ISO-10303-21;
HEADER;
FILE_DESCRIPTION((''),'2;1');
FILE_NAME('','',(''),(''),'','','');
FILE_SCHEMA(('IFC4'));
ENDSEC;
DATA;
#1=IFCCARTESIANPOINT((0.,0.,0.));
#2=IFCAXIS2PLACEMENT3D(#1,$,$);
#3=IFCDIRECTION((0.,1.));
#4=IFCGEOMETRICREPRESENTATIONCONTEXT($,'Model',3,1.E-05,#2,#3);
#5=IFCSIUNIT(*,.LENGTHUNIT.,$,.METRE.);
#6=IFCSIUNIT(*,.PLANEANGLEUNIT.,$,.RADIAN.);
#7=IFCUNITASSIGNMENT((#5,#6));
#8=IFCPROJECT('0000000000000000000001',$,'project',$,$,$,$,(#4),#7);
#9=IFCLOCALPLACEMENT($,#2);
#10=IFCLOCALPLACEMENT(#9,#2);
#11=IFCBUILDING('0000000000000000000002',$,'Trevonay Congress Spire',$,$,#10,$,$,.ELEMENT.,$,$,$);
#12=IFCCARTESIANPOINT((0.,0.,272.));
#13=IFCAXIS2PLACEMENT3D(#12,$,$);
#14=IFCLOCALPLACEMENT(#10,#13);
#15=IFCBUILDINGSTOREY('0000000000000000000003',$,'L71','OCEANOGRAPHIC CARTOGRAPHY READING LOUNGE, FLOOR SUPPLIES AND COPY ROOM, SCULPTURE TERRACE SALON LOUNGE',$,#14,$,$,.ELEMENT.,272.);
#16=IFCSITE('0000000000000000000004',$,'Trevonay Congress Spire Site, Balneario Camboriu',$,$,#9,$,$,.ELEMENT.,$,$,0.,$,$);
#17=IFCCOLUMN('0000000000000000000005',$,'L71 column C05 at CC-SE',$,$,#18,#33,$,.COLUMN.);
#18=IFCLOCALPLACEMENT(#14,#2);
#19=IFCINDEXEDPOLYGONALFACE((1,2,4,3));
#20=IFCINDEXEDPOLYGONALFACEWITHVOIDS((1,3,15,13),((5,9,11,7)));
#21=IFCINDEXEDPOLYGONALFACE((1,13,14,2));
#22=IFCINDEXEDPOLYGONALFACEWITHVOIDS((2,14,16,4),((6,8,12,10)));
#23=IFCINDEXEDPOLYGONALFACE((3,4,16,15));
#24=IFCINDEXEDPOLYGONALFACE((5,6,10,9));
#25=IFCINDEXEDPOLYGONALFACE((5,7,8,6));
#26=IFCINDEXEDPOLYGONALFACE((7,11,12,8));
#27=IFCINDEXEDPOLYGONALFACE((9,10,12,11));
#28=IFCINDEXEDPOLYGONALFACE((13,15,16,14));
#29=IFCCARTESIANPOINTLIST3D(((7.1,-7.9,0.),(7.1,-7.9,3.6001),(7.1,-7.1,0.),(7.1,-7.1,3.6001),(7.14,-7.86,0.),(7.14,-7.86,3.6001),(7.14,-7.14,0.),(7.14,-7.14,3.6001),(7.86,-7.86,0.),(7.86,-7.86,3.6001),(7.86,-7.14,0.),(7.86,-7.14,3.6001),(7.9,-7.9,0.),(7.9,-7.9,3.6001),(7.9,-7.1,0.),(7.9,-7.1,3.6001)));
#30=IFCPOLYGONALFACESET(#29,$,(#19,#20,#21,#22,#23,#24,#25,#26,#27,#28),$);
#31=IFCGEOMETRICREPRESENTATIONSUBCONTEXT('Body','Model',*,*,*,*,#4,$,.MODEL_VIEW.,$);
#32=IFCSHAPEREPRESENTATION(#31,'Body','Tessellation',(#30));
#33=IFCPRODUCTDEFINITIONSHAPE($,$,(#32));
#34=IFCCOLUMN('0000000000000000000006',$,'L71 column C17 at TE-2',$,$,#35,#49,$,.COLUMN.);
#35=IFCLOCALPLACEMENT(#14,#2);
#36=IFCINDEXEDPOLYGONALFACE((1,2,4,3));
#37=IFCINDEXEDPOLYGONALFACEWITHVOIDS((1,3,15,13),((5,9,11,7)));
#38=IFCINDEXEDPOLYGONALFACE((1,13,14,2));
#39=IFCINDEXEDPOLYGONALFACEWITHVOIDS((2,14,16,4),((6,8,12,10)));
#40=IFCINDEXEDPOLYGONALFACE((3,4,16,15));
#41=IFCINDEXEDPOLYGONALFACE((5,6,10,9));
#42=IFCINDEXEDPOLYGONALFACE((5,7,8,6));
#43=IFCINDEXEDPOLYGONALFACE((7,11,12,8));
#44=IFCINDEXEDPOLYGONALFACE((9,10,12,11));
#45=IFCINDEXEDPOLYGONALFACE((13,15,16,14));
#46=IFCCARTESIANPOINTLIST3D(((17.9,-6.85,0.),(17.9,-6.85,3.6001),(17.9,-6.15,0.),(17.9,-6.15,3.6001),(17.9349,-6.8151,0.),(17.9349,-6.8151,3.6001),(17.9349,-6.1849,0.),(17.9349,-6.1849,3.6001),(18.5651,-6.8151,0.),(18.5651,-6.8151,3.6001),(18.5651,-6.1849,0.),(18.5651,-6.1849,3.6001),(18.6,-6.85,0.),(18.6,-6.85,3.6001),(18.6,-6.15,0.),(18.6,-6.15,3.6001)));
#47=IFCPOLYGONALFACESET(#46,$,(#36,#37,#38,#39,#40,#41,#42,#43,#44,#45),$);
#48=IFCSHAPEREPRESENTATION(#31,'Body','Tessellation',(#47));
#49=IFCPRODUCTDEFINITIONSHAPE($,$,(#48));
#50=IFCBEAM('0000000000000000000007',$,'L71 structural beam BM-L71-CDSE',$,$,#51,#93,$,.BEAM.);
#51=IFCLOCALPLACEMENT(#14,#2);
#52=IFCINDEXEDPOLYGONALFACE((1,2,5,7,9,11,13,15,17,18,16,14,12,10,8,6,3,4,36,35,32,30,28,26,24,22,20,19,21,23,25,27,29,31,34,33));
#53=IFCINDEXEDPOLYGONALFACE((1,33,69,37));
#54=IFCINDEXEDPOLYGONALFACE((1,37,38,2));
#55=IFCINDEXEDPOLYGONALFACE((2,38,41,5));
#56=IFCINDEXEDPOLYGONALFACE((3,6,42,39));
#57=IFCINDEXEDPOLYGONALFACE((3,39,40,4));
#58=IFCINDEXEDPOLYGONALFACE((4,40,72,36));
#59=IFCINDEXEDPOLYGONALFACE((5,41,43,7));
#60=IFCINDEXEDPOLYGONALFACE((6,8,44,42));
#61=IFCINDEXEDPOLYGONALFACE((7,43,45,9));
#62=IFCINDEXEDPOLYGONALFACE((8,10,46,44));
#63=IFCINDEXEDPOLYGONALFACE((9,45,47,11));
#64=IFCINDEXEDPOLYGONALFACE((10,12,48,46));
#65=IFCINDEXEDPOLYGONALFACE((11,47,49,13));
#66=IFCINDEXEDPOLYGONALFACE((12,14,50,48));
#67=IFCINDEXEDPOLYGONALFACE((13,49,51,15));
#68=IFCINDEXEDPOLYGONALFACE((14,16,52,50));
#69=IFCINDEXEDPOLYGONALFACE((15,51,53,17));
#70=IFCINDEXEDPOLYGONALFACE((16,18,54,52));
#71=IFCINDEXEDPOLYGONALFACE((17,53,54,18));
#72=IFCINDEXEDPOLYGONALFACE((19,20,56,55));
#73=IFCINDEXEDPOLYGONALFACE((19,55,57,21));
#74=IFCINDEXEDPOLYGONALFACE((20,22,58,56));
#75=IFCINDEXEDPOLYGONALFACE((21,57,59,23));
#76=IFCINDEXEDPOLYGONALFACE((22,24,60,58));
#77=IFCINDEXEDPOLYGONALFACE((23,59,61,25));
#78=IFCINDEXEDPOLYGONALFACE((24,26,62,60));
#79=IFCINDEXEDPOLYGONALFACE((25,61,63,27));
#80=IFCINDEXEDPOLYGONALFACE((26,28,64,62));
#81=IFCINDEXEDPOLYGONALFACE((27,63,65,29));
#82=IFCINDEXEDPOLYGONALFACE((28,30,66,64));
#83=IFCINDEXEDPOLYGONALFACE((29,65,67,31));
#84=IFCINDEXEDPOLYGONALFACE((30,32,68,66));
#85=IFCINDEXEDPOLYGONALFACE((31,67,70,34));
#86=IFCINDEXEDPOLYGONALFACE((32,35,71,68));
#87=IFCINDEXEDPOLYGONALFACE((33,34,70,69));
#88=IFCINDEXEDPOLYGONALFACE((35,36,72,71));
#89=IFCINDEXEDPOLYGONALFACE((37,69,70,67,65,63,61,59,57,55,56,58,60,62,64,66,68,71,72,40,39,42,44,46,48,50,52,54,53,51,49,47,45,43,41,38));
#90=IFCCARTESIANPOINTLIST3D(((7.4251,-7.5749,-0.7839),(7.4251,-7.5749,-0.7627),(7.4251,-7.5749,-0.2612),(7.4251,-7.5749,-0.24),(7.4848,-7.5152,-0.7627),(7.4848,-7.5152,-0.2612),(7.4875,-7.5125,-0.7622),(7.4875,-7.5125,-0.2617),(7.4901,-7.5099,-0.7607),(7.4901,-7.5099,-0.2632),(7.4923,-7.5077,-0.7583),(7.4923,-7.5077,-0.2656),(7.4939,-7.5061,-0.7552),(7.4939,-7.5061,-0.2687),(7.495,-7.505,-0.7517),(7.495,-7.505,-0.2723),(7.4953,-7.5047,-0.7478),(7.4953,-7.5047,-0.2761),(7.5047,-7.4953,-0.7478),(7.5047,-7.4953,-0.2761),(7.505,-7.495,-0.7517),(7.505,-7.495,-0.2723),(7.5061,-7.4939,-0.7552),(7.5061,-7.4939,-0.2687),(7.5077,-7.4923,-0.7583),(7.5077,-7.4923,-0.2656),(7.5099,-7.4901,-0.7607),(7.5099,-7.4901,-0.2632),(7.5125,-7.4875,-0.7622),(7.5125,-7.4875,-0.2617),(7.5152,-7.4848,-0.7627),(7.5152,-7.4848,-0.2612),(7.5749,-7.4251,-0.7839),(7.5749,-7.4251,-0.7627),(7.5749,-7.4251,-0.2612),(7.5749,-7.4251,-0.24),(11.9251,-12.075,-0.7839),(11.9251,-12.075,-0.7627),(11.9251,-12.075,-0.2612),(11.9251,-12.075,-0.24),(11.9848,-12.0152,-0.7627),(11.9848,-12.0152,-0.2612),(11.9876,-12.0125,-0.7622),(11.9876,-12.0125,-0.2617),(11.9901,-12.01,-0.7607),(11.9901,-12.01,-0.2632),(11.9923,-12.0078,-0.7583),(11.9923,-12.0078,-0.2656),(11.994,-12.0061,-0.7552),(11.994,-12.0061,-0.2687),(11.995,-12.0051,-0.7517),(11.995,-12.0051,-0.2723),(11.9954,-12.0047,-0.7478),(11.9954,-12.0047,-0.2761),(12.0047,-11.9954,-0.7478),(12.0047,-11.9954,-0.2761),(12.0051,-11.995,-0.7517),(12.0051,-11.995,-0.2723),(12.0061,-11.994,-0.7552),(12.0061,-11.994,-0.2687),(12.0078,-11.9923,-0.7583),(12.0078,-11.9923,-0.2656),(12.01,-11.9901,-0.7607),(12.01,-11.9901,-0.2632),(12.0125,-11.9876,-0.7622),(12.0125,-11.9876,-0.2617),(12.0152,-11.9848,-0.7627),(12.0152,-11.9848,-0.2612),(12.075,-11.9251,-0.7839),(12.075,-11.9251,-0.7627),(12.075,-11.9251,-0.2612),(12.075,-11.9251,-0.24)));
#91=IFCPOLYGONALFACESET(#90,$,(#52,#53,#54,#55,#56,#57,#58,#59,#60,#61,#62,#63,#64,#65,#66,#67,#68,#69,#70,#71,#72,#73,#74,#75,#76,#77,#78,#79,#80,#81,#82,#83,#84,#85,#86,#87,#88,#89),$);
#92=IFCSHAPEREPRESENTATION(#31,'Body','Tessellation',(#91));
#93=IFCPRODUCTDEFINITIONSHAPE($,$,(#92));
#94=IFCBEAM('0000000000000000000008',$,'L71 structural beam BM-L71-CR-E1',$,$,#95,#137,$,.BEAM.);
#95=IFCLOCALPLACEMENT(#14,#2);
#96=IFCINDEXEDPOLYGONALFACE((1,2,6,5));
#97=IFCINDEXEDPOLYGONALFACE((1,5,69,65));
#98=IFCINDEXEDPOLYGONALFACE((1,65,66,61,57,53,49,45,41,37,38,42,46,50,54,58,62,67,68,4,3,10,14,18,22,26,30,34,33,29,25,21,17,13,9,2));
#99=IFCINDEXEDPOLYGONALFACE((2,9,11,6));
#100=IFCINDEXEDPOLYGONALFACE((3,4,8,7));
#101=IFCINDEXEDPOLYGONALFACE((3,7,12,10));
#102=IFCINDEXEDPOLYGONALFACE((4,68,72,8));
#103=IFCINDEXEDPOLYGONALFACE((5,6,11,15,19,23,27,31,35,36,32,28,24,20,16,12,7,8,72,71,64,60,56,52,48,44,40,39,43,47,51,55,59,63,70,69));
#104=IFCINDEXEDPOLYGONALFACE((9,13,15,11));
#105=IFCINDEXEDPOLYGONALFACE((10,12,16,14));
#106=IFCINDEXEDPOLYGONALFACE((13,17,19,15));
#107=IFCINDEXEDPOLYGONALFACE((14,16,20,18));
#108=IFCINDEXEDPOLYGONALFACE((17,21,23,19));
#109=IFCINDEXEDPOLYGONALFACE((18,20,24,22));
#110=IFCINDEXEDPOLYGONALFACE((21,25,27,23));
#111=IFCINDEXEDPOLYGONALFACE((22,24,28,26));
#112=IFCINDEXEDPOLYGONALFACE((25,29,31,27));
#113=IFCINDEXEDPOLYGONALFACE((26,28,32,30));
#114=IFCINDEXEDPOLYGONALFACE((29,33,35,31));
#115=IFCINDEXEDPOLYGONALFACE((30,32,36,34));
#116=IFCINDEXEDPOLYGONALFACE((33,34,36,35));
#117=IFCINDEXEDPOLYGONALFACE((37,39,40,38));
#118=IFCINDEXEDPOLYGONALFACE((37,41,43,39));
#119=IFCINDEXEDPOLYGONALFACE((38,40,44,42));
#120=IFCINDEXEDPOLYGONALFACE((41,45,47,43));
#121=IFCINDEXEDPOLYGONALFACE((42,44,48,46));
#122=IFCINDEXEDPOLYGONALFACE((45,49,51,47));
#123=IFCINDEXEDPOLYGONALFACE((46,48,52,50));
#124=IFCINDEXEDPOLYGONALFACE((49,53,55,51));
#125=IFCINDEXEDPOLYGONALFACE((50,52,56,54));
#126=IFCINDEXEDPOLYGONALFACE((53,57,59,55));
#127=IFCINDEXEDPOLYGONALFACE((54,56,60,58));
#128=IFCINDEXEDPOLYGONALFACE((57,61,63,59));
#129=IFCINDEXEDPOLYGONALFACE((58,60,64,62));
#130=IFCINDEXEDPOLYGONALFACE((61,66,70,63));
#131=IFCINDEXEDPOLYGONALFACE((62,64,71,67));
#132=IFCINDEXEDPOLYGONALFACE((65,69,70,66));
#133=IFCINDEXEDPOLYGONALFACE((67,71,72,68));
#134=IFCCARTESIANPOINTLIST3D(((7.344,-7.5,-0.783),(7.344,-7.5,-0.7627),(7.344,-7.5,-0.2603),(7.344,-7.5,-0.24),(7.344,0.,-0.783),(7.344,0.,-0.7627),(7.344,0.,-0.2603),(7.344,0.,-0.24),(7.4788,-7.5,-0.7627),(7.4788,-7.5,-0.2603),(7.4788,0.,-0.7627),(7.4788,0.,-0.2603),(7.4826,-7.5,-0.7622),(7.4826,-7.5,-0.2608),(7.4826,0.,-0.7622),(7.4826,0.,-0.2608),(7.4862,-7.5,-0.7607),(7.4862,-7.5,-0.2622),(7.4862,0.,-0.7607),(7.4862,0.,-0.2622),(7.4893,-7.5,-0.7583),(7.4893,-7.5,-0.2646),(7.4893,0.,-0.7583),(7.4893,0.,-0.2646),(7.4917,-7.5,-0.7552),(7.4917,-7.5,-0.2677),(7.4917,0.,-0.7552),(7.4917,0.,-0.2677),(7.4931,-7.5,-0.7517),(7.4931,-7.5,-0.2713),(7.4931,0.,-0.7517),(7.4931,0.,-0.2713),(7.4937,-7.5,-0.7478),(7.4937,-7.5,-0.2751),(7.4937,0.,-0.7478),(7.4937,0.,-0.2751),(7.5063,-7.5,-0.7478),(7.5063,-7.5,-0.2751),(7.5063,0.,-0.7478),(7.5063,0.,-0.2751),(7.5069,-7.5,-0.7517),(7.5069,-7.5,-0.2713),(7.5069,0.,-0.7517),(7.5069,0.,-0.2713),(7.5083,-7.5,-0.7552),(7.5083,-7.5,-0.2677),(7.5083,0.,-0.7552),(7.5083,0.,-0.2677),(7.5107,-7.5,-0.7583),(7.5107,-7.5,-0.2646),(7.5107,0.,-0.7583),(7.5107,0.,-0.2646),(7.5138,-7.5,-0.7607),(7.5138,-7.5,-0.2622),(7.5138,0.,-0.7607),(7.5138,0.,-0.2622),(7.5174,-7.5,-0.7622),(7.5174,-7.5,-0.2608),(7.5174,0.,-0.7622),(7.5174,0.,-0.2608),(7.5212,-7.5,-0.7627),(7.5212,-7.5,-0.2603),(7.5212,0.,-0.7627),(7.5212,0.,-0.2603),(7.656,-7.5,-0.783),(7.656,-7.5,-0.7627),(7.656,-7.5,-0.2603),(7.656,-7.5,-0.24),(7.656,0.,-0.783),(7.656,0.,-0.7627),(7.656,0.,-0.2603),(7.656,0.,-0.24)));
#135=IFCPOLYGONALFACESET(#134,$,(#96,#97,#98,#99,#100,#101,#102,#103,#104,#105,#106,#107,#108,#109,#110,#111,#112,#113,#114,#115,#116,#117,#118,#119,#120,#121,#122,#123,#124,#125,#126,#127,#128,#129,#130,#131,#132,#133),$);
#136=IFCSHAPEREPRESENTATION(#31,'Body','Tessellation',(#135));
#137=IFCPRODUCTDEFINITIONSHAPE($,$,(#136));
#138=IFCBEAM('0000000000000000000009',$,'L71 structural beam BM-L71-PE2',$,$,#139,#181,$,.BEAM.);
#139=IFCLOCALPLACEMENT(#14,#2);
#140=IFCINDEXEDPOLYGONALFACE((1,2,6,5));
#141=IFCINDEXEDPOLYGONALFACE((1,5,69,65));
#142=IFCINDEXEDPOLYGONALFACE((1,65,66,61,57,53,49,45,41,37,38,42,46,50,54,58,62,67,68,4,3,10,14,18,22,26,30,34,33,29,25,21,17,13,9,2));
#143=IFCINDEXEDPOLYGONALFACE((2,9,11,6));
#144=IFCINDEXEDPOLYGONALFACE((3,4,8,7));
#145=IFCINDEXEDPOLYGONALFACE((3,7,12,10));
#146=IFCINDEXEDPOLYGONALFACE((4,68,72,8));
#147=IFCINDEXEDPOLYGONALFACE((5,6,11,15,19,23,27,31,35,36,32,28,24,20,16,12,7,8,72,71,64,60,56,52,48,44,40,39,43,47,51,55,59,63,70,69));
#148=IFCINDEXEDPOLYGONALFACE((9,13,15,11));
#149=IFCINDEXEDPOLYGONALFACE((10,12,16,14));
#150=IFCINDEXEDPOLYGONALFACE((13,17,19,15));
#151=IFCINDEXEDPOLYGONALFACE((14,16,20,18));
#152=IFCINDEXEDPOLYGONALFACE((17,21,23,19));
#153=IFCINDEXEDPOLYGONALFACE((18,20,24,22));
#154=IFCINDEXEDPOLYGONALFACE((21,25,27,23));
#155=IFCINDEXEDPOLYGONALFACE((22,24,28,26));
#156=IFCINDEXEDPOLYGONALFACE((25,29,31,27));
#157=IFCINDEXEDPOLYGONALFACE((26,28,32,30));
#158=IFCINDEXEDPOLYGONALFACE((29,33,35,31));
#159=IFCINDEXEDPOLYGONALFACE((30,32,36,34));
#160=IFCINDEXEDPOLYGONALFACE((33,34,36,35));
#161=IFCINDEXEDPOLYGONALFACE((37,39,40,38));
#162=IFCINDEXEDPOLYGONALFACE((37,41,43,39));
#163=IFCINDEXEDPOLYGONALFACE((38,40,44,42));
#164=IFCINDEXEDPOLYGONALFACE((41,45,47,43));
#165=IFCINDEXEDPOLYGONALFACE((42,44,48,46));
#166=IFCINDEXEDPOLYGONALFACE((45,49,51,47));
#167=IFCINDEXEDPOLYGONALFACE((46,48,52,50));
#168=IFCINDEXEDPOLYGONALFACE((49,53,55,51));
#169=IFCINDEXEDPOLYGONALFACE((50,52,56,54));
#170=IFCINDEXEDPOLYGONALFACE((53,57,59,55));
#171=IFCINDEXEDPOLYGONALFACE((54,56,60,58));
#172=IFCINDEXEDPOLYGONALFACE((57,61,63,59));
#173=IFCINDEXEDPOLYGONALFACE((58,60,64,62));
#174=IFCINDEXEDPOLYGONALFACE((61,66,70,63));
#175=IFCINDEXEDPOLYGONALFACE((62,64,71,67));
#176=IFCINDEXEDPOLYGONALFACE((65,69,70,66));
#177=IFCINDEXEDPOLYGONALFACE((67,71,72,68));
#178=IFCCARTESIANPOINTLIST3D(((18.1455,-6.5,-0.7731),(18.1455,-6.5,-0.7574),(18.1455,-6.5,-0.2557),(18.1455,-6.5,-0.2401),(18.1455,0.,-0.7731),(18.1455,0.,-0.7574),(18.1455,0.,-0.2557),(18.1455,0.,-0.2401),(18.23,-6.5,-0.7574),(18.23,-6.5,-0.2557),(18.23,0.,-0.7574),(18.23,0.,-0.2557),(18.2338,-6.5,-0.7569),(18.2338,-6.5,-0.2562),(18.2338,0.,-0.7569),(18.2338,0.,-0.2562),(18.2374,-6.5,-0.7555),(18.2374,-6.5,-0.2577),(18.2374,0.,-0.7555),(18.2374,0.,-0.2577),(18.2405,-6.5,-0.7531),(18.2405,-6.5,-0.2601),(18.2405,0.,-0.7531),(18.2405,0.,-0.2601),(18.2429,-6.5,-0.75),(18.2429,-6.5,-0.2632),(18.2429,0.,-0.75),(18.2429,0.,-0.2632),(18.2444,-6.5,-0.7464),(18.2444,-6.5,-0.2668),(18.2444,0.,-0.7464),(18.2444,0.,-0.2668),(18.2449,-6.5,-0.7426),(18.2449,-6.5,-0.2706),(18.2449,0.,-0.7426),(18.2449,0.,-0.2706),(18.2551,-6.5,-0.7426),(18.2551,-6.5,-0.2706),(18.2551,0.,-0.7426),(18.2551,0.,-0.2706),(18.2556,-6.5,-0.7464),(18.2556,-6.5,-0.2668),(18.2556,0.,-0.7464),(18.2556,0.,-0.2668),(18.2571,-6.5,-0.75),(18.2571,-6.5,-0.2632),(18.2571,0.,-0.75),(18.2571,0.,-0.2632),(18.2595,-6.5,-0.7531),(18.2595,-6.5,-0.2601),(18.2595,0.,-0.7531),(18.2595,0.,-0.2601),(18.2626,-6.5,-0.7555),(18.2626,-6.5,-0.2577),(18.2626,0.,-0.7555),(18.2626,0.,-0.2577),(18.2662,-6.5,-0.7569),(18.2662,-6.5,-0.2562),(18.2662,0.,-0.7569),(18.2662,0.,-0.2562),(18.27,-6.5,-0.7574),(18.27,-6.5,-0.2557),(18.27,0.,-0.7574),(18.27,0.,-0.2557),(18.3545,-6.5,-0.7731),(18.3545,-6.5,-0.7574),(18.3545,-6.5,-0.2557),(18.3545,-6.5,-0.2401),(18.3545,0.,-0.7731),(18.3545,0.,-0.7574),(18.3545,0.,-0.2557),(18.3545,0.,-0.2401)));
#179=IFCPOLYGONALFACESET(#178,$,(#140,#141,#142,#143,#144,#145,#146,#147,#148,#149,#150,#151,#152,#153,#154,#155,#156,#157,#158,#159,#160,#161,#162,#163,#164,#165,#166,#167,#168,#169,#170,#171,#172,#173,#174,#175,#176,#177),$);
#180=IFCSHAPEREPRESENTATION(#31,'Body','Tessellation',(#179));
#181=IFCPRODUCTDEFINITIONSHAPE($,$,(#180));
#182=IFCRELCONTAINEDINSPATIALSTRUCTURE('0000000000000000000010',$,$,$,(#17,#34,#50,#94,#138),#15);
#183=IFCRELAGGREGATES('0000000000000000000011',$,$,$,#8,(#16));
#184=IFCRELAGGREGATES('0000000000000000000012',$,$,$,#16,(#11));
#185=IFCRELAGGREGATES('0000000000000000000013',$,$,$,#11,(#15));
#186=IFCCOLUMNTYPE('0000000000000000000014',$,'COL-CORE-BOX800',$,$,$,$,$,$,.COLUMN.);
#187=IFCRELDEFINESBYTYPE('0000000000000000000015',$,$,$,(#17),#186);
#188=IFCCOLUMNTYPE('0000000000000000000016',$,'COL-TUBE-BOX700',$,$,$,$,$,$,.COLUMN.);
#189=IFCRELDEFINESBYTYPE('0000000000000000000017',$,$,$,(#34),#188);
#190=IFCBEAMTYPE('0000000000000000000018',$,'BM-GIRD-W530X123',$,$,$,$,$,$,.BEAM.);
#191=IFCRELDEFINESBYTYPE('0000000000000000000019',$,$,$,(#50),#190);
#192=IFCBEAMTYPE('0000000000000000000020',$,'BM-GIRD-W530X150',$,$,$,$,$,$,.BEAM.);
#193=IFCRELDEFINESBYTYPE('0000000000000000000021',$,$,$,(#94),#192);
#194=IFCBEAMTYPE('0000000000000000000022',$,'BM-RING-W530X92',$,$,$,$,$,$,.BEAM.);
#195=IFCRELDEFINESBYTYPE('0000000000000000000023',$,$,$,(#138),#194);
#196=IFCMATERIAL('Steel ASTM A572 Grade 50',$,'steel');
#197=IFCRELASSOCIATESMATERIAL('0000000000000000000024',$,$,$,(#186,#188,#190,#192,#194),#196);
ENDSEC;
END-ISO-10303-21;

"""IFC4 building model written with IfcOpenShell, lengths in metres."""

from ifc_helpers import new_model, si_unit, direction, frame, origin, origin_2d, place, context, subcontext, project, spatial, hollow_rectangle, i_section, extrude, material, material_profile, profile_set, type_object, element, save


model = new_model("IFC4")

# Units and contexts
model_context = context("Model", 3, precision=1e-05, world=origin(), true_north=direction((0.0, 1.0)))
body_context = subcontext(model_context, "Body", "Model", "MODEL_VIEW")
ifc_project = project(units=[si_unit("LENGTHUNIT", "METRE"), si_unit("PLANEANGLEUNIT", "RADIAN")], contexts=[model_context])

# Site, building, storey
site_placement = place(None, origin())
site = spatial("IfcSite", under=ifc_project, at=site_placement, Name="Trevonay Congress Spire Site, Balneario Camboriu", CompositionType="ELEMENT", RefElevation=0.0)
building_placement = place(site_placement, origin())
building = spatial("IfcBuilding", under=site, at=building_placement, Name="Trevonay Congress Spire", CompositionType="ELEMENT")
storey_placement = place(building_placement, frame((0.0, 0.0, 272.0)))
storey = spatial("IfcBuildingStorey", under=building, at=storey_placement, Name="L71", Description="OCEANOGRAPHIC CARTOGRAPHY READING LOUNGE, FLOOR SUPPLIES AND COPY ROOM, SCULPTURE TERRACE SALON LOUNGE", CompositionType="ELEMENT", Elevation=272.0)

# Columns
ifc_material_1 = material(Name="Steel ASTM A572 Grade 50", Category="steel")
ifc_material_profile_1 = material_profile(ifc_material_1, hollow_rectangle(XDim=0.8, YDim=0.8, WallThickness=0.04, at=origin_2d()), Name="BOX 800x800x40")
ifc_profile_set_1 = profile_set([ifc_material_profile_1], Name="Steel ASTM A572 Grade 50")
column_type_1 = type_object("IfcColumnType", Name="COL-CORE-BOX800", PredefinedType="COLUMN", material=ifc_profile_set_1)
column_1_placement = place(storey_placement, frame((7.5, -7.5, 0.0), z_axis=(0.0, 0.0, 1.0), x_axis=(1.0, 0.0, 0.0)))
element("IfcColumn", 1, at=column_1_placement, inside=storey, type_object=column_type_1, Name="L71 column C05 at CC-SE", PredefinedType="COLUMN", context=body_context, shape_type="SweptSolid", body=[
    extrude(hollow_rectangle(XDim=0.8, YDim=0.8, WallThickness=0.04, at=origin_2d()), origin(), (0.0, 0.0, 1.0), 3.6001),
])
ifc_material_profile_2 = material_profile(ifc_material_1, hollow_rectangle(XDim=0.7, YDim=0.7, WallThickness=0.0349, at=origin_2d()), Name="BOX 700x700x35")
ifc_profile_set_2 = profile_set([ifc_material_profile_2], Name="Steel ASTM A572 Grade 50")
column_type_2 = type_object("IfcColumnType", Name="COL-TUBE-BOX700", PredefinedType="COLUMN", material=ifc_profile_set_2)
column_2_placement = place(storey_placement, frame((18.25, -6.5, 0.0), z_axis=(0.0, 0.0, 1.0), x_axis=(1.0, 0.0, 0.0)))
element("IfcColumn", 2, at=column_2_placement, inside=storey, type_object=column_type_2, Name="L71 column C17 at TE-2", PredefinedType="COLUMN", context=body_context, shape_type="SweptSolid", body=[
    extrude(hollow_rectangle(XDim=0.7, YDim=0.7, WallThickness=0.0349, at=origin_2d()), origin(), (0.0, 0.0, 1.0), 3.6001),
])

# Beams
ifc_material_profile_3 = material_profile(ifc_material_1, i_section(OverallWidth=0.2119, OverallDepth=0.5439, WebThickness=0.0132, FlangeThickness=0.0212, FilletRadius=0.0149, at=origin_2d()), Name="W530x123")
ifc_profile_set_3 = profile_set([ifc_material_profile_3], Name="Steel ASTM A572 Grade 50")
beam_type_1 = type_object("IfcBeamType", Name="BM-GIRD-W530X123", PredefinedType="BEAM", material=ifc_profile_set_3)
beam_1_placement = place(storey_placement, frame((7.5, -7.5, -0.512), z_axis=(0.707107, -0.707107, 0.0), x_axis=(0.707107, 0.707107, 0.0)))
element("IfcBeam", 3, at=beam_1_placement, inside=storey, type_object=beam_type_1, Name="L71 structural beam BM-L71-CDSE", PredefinedType="BEAM", context=body_context, shape_type="SweptSolid", body=[
    extrude(i_section(OverallWidth=0.2119, OverallDepth=0.5439, WebThickness=0.0132, FlangeThickness=0.0212, FilletRadius=0.0149, at=origin_2d()), origin(), (0.0, 0.0, 1.0), 6.364),
])
ifc_material_profile_4 = material_profile(ifc_material_1, i_section(OverallWidth=0.312, OverallDepth=0.543, WebThickness=0.0127, FlangeThickness=0.0203, FilletRadius=0.0149, at=origin_2d()), Name="W530x150")
ifc_profile_set_4 = profile_set([ifc_material_profile_4], Name="Steel ASTM A572 Grade 50")
beam_type_2 = type_object("IfcBeamType", Name="BM-GIRD-W530X150", PredefinedType="BEAM", material=ifc_profile_set_4)
beam_2_placement = place(storey_placement, frame((7.5, -7.5, -0.5115), z_axis=(0.0, 1.0, 0.0), x_axis=(-1.0, 0.0, 0.0)))
element("IfcBeam", 4, at=beam_2_placement, inside=storey, type_object=beam_type_2, Name="L71 structural beam BM-L71-CR-E1", PredefinedType="BEAM", context=body_context, shape_type="SweptSolid", body=[
    extrude(i_section(OverallWidth=0.312, OverallDepth=0.543, WebThickness=0.0127, FlangeThickness=0.0203, FilletRadius=0.0149, at=origin_2d()), origin(), (0.0, 0.0, 1.0), 7.5),
])
ifc_material_profile_5 = material_profile(ifc_material_1, i_section(OverallWidth=0.209, OverallDepth=0.533, WebThickness=0.0103, FlangeThickness=0.0156, FilletRadius=0.0149, at=origin_2d()), Name="W530x92")
ifc_profile_set_5 = profile_set([ifc_material_profile_5], Name="Steel ASTM A572 Grade 50")
beam_type_3 = type_object("IfcBeamType", Name="BM-RING-W530X92", PredefinedType="BEAM", material=ifc_profile_set_5)
beam_3_placement = place(storey_placement, frame((18.25, -6.5, -0.5066), z_axis=(0.0, 1.0, 0.0), x_axis=(-1.0, 0.0, 0.0)))
element("IfcBeam", 5, at=beam_3_placement, inside=storey, type_object=beam_type_3, Name="L71 structural beam BM-L71-PE2", PredefinedType="BEAM", context=body_context, shape_type="SweptSolid", body=[
    extrude(i_section(OverallWidth=0.209, OverallDepth=0.533, WebThickness=0.0103, FlangeThickness=0.0156, FilletRadius=0.0149, at=origin_2d()), origin(), (0.0, 0.0, 1.0), 6.5),
])

save(model, "model.ifc")
